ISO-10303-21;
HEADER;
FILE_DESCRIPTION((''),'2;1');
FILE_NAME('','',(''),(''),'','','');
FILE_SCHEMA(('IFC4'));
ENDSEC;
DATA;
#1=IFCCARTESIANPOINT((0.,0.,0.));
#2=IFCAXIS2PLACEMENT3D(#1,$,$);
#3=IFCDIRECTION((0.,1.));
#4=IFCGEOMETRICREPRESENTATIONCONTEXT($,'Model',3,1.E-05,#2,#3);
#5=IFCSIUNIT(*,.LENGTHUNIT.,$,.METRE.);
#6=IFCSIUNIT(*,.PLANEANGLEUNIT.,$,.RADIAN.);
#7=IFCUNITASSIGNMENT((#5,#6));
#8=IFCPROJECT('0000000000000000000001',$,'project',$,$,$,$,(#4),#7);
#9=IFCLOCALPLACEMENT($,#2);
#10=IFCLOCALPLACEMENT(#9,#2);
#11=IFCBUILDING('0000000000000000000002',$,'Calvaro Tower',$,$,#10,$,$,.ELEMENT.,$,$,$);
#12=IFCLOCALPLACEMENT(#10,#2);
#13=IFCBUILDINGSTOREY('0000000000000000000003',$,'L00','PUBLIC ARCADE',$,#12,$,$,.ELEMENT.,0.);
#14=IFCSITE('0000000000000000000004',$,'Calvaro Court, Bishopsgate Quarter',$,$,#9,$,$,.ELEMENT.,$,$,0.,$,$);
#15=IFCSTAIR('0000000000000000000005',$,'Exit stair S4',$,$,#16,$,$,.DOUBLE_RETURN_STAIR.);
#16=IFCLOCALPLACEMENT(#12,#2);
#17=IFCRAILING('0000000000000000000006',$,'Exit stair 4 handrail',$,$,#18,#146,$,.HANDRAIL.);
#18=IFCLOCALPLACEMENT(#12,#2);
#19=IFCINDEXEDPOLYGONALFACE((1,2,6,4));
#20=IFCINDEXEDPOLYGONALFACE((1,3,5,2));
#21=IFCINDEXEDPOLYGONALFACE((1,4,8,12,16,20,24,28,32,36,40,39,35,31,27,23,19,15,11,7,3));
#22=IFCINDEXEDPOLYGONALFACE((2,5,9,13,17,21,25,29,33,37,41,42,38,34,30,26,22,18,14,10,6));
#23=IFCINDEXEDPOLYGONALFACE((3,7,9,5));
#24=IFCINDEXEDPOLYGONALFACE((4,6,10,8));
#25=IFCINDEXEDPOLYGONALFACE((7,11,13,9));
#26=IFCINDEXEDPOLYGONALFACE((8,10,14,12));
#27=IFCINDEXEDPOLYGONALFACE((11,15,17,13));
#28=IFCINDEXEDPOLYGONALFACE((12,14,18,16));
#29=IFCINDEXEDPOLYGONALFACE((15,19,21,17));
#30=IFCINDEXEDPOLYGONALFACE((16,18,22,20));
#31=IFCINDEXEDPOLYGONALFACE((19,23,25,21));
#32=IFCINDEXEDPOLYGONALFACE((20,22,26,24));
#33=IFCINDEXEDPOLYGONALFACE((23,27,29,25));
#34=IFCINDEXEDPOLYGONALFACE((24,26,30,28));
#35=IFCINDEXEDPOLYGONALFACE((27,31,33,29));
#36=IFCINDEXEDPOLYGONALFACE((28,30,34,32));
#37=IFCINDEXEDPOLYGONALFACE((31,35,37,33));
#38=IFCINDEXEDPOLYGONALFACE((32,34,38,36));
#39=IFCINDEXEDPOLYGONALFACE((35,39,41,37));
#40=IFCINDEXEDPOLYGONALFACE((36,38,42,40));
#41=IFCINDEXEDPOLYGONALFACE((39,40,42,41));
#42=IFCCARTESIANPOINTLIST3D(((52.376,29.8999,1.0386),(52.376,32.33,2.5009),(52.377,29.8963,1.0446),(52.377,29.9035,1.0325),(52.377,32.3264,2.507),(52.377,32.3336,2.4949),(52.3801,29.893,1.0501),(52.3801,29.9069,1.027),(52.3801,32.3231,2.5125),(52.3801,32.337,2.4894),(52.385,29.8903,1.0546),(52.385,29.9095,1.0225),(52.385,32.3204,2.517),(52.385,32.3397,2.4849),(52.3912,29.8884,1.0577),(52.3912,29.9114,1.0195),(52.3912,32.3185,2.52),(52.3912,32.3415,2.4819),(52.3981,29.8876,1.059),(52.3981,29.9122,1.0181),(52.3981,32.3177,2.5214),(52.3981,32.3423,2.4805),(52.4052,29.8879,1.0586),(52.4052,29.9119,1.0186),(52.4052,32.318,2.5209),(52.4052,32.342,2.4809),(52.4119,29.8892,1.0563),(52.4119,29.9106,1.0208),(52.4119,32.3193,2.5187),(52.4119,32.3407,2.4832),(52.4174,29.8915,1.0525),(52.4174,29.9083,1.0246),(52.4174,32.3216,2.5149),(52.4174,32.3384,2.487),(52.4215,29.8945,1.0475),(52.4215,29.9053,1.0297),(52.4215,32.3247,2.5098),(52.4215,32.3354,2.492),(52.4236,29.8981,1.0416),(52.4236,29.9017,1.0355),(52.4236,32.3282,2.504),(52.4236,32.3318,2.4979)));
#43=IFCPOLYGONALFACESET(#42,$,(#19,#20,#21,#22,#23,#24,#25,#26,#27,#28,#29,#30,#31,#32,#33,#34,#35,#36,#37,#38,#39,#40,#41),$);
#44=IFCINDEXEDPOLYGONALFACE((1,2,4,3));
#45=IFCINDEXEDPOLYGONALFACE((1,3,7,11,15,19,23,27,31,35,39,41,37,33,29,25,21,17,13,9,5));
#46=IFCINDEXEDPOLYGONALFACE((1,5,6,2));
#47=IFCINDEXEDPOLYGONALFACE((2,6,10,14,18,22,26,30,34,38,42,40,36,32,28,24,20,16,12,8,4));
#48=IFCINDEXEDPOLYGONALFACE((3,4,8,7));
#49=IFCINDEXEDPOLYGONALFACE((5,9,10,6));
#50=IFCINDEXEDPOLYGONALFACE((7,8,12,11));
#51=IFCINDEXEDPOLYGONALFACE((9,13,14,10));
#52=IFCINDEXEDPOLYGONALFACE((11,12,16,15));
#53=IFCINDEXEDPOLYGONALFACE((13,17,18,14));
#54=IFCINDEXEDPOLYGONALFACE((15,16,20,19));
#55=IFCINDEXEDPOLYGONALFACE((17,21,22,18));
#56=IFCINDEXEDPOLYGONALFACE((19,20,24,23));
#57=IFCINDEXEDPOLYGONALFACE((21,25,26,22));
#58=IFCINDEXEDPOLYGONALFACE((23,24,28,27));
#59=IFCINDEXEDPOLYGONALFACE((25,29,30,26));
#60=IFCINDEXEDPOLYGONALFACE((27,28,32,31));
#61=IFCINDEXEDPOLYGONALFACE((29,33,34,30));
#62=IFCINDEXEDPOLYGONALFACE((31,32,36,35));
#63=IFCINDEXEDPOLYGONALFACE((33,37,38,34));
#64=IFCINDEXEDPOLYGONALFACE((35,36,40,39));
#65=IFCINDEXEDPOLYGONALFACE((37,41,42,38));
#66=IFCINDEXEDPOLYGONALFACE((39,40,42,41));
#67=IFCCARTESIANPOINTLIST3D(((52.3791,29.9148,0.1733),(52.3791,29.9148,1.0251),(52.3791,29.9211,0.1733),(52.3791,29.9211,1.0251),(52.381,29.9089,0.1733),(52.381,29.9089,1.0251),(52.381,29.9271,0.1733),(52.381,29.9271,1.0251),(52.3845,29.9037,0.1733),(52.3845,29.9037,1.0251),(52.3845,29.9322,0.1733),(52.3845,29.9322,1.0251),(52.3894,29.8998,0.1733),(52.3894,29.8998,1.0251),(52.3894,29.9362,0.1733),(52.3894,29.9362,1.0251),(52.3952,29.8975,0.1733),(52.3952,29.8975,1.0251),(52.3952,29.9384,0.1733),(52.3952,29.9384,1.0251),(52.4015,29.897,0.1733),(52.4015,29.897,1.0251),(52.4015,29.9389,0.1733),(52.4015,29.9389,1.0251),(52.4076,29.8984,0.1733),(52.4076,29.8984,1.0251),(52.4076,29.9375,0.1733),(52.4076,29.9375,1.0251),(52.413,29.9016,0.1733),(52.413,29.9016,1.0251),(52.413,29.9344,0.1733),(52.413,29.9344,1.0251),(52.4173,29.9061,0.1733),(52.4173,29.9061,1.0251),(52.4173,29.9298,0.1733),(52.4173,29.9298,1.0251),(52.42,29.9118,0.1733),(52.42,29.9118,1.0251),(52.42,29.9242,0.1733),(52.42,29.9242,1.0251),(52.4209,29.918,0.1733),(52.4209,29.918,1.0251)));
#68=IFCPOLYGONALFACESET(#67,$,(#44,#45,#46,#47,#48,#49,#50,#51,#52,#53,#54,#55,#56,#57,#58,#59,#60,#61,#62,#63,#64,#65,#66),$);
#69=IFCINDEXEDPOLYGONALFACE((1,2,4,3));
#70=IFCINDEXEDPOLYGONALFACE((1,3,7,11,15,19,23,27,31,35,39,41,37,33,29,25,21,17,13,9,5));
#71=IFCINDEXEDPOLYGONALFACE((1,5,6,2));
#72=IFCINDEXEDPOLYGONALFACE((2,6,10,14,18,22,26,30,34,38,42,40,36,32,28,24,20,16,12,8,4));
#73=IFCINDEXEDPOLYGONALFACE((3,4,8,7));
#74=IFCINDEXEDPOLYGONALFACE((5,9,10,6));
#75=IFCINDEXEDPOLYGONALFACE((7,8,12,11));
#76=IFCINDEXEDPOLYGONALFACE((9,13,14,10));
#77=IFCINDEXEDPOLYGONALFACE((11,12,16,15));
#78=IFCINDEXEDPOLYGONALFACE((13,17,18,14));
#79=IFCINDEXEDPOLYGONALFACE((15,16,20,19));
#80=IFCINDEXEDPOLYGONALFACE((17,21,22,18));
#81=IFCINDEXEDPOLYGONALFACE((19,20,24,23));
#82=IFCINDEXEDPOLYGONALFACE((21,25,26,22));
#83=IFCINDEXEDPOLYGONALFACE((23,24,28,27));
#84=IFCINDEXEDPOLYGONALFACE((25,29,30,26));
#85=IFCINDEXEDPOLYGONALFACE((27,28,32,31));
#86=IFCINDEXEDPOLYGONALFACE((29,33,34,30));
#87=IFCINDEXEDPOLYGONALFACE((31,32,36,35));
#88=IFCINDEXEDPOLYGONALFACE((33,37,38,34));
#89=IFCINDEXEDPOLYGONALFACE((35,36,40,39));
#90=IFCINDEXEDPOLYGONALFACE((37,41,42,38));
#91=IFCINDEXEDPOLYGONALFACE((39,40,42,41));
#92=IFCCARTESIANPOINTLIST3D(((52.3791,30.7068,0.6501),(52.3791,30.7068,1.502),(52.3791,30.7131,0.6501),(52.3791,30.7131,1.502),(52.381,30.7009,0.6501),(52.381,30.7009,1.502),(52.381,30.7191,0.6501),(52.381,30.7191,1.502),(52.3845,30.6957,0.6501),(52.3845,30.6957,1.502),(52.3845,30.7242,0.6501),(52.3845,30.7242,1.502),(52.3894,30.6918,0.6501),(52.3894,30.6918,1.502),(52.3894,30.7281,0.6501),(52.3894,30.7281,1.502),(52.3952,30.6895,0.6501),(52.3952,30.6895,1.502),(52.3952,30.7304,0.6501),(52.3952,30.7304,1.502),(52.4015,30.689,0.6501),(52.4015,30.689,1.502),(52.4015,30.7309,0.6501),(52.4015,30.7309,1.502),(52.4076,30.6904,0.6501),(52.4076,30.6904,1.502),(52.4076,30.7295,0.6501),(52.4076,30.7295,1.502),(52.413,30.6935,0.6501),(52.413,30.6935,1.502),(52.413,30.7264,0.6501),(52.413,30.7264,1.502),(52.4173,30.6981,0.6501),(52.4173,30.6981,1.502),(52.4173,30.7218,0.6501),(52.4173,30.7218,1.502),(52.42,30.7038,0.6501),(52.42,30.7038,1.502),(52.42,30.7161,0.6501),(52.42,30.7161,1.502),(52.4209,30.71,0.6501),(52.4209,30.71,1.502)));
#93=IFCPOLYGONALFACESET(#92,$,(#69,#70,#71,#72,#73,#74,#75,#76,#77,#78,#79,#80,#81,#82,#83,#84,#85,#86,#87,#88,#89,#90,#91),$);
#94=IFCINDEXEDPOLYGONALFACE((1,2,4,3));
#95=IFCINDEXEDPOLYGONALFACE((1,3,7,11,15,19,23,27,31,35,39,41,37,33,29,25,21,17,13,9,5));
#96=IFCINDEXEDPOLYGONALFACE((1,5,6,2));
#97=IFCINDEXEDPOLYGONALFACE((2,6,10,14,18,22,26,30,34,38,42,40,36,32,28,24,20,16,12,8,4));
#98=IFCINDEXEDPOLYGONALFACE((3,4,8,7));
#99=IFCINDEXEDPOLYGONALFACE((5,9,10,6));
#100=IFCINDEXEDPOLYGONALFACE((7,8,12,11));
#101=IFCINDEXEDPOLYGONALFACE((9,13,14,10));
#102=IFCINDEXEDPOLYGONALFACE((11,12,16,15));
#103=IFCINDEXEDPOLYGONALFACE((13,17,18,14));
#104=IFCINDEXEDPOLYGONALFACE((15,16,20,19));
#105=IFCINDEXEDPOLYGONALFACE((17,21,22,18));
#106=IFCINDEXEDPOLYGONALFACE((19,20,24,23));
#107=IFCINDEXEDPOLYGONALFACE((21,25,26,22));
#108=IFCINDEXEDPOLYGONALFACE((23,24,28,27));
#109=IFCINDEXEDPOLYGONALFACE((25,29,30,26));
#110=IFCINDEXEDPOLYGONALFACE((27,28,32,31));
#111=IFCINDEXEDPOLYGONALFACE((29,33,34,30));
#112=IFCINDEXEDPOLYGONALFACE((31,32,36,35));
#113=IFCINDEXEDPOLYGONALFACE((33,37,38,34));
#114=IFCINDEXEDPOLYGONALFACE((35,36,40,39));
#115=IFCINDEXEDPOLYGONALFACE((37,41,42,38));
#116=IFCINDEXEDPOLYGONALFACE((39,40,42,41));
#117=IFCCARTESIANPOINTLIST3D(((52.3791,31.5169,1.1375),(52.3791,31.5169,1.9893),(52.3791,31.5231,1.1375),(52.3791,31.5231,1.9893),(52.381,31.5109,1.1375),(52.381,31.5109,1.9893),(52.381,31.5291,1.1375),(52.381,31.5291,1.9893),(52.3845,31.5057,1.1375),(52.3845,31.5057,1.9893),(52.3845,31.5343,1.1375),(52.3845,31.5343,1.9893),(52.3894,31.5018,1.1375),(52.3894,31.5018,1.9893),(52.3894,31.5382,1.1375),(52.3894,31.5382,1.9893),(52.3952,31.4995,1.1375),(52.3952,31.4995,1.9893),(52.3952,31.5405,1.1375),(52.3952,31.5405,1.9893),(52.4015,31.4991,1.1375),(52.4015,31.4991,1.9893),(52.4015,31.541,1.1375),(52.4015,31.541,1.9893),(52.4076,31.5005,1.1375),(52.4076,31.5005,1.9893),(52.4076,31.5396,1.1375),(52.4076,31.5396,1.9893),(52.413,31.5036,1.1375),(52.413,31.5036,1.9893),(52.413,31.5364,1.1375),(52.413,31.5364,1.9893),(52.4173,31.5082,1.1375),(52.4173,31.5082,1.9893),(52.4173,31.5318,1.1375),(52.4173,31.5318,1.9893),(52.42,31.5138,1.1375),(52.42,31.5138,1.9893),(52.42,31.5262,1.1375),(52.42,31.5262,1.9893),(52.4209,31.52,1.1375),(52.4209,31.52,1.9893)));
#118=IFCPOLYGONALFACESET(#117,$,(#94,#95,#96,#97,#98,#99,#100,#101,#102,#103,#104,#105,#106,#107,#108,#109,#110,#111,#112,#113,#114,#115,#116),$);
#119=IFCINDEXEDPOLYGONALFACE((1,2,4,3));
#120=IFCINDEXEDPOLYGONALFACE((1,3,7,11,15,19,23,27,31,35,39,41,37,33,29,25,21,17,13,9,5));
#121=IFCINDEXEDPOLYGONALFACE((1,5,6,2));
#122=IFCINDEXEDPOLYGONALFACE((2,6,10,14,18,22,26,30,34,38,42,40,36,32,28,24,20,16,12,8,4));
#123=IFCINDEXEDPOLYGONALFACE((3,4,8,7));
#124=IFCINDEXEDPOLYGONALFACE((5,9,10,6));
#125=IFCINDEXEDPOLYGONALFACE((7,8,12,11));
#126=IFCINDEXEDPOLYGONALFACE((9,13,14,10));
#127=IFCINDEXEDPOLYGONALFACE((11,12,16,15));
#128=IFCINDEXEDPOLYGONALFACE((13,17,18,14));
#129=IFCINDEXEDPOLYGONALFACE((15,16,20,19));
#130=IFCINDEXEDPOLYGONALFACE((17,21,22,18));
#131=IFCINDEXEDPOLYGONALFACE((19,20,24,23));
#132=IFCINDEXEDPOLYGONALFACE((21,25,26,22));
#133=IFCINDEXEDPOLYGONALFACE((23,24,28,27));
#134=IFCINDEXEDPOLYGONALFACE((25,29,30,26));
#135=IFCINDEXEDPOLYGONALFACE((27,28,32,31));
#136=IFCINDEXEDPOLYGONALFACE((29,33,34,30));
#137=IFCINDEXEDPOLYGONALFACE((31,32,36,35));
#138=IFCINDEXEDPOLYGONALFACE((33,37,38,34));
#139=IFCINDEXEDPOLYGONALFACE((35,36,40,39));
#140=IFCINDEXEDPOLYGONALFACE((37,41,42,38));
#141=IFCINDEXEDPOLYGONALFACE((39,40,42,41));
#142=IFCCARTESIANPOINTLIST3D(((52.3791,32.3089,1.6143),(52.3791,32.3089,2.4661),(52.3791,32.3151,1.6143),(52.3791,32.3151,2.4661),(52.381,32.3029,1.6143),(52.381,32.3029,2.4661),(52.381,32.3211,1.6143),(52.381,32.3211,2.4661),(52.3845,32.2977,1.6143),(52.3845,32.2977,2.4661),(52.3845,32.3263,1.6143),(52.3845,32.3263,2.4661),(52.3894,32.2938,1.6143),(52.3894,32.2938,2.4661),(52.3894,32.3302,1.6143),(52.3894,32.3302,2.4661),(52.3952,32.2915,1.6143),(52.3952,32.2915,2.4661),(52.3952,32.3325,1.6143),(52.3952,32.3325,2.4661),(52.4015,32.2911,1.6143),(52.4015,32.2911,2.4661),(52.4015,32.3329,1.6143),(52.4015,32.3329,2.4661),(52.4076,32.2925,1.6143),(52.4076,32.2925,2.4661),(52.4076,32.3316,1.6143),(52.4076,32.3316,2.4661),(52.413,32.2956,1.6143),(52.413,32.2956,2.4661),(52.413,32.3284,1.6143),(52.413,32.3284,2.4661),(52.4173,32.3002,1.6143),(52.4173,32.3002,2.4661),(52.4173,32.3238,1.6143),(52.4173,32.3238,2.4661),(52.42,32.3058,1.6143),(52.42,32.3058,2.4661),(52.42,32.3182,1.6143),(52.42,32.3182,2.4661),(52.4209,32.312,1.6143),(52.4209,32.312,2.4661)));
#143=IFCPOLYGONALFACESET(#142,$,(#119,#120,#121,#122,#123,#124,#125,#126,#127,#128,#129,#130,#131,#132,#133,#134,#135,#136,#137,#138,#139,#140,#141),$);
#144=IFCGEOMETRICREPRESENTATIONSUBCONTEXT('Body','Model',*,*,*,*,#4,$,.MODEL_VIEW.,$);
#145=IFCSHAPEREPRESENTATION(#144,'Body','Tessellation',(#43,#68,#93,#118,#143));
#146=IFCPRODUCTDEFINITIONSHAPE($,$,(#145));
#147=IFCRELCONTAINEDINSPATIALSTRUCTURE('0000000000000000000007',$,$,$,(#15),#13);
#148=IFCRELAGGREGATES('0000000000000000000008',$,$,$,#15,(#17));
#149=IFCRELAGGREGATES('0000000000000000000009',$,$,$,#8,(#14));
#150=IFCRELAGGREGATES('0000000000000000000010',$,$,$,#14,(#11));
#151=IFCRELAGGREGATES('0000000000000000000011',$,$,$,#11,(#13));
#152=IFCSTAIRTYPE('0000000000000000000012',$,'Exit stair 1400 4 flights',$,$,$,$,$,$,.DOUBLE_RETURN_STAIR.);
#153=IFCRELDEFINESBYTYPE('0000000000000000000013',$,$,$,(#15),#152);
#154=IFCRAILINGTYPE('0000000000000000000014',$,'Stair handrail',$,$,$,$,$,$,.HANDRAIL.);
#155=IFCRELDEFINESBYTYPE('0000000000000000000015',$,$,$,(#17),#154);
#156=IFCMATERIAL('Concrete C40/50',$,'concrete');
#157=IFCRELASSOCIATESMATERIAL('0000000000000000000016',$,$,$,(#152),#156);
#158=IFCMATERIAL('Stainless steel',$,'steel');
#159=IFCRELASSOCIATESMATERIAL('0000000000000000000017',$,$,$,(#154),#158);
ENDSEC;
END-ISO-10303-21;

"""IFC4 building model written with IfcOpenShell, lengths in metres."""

from ifc_helpers import new_model, si_unit, direction, frame, origin, origin_2d, place, context, subcontext, project, spatial, circle, extrude, material, type_object, element, aggregate, save


model = new_model("IFC4")

# Units and contexts
model_context = context("Model", 3, precision=1e-05, world=origin(), true_north=direction((0.0, 1.0)))
body_context = subcontext(model_context, "Body", "Model", "MODEL_VIEW")
ifc_project = project(units=[si_unit("LENGTHUNIT", "METRE"), si_unit("PLANEANGLEUNIT", "RADIAN")], contexts=[model_context])

# Site, building, storey
site_placement = place(None, origin())
site = spatial("IfcSite", under=ifc_project, at=site_placement, Name="Calvaro Court, Bishopsgate Quarter", CompositionType="ELEMENT", RefElevation=0.0)
building_placement = place(site_placement, origin())
building = spatial("IfcBuilding", under=site, at=building_placement, Name="Calvaro Tower", CompositionType="ELEMENT")
storey_placement = place(building_placement, origin())
storey = spatial("IfcBuildingStorey", under=building, at=storey_placement, Name="L00", Description="PUBLIC ARCADE", CompositionType="ELEMENT", Elevation=0.0)

# Stair
ifc_material_1 = material(Name="Concrete C40/50", Category="concrete")
stair_type = type_object("IfcStairType", Name="Exit stair 1400 4 flights", PredefinedType="DOUBLE_RETURN_STAIR", material=ifc_material_1)
stair_1_placement = place(storey_placement, origin())
stair_1 = element("IfcStair", 1, at=stair_1_placement, inside=storey, type_object=stair_type, Name="Exit stair S4", PredefinedType="DOUBLE_RETURN_STAIR")

# Railing
ifc_material_2 = material(Name="Stainless steel", Category="steel")
railing_type = type_object("IfcRailingType", Name="Stair handrail", PredefinedType="HANDRAIL", material=ifc_material_2)
railing_1_placement = place(storey_placement, frame((52.3999, 29.8999, 0.1626)))
railing_1 = element("IfcRailing", 2, at=railing_1_placement, type_object=railing_type, Name="Exit stair 4 handrail", PredefinedType="HANDRAIL", context=body_context, shape_type="SweptSolid", body=[
    extrude(circle(Radius=0.0239, at=origin_2d()), frame((0.0, 0.0, 0.876), z_axis=(0.0, 0.856824, 0.515609), x_axis=(-1.0, 0.0, 0.0)), (0.0, 0.0, 1.0), 2.8362),
    extrude(circle(Radius=0.021, at=origin_2d()), frame((0.0, 0.0181, 0.0107)), (0.0, 0.0, 1.0), 0.8518),
    extrude(circle(Radius=0.021, at=origin_2d()), frame((0.0, 0.8101, 0.4875)), (0.0, 0.0, 1.0), 0.8518),
    extrude(circle(Radius=0.021, at=origin_2d()), frame((0.0, 1.6201, 0.9749)), (0.0, 0.0, 1.0), 0.8518),
    extrude(circle(Radius=0.021, at=origin_2d()), frame((0.0, 2.4121, 1.4517)), (0.0, 0.0, 1.0), 0.8518),
])
aggregate(stair_1, [railing_1])

save(model, "model.ifc")
